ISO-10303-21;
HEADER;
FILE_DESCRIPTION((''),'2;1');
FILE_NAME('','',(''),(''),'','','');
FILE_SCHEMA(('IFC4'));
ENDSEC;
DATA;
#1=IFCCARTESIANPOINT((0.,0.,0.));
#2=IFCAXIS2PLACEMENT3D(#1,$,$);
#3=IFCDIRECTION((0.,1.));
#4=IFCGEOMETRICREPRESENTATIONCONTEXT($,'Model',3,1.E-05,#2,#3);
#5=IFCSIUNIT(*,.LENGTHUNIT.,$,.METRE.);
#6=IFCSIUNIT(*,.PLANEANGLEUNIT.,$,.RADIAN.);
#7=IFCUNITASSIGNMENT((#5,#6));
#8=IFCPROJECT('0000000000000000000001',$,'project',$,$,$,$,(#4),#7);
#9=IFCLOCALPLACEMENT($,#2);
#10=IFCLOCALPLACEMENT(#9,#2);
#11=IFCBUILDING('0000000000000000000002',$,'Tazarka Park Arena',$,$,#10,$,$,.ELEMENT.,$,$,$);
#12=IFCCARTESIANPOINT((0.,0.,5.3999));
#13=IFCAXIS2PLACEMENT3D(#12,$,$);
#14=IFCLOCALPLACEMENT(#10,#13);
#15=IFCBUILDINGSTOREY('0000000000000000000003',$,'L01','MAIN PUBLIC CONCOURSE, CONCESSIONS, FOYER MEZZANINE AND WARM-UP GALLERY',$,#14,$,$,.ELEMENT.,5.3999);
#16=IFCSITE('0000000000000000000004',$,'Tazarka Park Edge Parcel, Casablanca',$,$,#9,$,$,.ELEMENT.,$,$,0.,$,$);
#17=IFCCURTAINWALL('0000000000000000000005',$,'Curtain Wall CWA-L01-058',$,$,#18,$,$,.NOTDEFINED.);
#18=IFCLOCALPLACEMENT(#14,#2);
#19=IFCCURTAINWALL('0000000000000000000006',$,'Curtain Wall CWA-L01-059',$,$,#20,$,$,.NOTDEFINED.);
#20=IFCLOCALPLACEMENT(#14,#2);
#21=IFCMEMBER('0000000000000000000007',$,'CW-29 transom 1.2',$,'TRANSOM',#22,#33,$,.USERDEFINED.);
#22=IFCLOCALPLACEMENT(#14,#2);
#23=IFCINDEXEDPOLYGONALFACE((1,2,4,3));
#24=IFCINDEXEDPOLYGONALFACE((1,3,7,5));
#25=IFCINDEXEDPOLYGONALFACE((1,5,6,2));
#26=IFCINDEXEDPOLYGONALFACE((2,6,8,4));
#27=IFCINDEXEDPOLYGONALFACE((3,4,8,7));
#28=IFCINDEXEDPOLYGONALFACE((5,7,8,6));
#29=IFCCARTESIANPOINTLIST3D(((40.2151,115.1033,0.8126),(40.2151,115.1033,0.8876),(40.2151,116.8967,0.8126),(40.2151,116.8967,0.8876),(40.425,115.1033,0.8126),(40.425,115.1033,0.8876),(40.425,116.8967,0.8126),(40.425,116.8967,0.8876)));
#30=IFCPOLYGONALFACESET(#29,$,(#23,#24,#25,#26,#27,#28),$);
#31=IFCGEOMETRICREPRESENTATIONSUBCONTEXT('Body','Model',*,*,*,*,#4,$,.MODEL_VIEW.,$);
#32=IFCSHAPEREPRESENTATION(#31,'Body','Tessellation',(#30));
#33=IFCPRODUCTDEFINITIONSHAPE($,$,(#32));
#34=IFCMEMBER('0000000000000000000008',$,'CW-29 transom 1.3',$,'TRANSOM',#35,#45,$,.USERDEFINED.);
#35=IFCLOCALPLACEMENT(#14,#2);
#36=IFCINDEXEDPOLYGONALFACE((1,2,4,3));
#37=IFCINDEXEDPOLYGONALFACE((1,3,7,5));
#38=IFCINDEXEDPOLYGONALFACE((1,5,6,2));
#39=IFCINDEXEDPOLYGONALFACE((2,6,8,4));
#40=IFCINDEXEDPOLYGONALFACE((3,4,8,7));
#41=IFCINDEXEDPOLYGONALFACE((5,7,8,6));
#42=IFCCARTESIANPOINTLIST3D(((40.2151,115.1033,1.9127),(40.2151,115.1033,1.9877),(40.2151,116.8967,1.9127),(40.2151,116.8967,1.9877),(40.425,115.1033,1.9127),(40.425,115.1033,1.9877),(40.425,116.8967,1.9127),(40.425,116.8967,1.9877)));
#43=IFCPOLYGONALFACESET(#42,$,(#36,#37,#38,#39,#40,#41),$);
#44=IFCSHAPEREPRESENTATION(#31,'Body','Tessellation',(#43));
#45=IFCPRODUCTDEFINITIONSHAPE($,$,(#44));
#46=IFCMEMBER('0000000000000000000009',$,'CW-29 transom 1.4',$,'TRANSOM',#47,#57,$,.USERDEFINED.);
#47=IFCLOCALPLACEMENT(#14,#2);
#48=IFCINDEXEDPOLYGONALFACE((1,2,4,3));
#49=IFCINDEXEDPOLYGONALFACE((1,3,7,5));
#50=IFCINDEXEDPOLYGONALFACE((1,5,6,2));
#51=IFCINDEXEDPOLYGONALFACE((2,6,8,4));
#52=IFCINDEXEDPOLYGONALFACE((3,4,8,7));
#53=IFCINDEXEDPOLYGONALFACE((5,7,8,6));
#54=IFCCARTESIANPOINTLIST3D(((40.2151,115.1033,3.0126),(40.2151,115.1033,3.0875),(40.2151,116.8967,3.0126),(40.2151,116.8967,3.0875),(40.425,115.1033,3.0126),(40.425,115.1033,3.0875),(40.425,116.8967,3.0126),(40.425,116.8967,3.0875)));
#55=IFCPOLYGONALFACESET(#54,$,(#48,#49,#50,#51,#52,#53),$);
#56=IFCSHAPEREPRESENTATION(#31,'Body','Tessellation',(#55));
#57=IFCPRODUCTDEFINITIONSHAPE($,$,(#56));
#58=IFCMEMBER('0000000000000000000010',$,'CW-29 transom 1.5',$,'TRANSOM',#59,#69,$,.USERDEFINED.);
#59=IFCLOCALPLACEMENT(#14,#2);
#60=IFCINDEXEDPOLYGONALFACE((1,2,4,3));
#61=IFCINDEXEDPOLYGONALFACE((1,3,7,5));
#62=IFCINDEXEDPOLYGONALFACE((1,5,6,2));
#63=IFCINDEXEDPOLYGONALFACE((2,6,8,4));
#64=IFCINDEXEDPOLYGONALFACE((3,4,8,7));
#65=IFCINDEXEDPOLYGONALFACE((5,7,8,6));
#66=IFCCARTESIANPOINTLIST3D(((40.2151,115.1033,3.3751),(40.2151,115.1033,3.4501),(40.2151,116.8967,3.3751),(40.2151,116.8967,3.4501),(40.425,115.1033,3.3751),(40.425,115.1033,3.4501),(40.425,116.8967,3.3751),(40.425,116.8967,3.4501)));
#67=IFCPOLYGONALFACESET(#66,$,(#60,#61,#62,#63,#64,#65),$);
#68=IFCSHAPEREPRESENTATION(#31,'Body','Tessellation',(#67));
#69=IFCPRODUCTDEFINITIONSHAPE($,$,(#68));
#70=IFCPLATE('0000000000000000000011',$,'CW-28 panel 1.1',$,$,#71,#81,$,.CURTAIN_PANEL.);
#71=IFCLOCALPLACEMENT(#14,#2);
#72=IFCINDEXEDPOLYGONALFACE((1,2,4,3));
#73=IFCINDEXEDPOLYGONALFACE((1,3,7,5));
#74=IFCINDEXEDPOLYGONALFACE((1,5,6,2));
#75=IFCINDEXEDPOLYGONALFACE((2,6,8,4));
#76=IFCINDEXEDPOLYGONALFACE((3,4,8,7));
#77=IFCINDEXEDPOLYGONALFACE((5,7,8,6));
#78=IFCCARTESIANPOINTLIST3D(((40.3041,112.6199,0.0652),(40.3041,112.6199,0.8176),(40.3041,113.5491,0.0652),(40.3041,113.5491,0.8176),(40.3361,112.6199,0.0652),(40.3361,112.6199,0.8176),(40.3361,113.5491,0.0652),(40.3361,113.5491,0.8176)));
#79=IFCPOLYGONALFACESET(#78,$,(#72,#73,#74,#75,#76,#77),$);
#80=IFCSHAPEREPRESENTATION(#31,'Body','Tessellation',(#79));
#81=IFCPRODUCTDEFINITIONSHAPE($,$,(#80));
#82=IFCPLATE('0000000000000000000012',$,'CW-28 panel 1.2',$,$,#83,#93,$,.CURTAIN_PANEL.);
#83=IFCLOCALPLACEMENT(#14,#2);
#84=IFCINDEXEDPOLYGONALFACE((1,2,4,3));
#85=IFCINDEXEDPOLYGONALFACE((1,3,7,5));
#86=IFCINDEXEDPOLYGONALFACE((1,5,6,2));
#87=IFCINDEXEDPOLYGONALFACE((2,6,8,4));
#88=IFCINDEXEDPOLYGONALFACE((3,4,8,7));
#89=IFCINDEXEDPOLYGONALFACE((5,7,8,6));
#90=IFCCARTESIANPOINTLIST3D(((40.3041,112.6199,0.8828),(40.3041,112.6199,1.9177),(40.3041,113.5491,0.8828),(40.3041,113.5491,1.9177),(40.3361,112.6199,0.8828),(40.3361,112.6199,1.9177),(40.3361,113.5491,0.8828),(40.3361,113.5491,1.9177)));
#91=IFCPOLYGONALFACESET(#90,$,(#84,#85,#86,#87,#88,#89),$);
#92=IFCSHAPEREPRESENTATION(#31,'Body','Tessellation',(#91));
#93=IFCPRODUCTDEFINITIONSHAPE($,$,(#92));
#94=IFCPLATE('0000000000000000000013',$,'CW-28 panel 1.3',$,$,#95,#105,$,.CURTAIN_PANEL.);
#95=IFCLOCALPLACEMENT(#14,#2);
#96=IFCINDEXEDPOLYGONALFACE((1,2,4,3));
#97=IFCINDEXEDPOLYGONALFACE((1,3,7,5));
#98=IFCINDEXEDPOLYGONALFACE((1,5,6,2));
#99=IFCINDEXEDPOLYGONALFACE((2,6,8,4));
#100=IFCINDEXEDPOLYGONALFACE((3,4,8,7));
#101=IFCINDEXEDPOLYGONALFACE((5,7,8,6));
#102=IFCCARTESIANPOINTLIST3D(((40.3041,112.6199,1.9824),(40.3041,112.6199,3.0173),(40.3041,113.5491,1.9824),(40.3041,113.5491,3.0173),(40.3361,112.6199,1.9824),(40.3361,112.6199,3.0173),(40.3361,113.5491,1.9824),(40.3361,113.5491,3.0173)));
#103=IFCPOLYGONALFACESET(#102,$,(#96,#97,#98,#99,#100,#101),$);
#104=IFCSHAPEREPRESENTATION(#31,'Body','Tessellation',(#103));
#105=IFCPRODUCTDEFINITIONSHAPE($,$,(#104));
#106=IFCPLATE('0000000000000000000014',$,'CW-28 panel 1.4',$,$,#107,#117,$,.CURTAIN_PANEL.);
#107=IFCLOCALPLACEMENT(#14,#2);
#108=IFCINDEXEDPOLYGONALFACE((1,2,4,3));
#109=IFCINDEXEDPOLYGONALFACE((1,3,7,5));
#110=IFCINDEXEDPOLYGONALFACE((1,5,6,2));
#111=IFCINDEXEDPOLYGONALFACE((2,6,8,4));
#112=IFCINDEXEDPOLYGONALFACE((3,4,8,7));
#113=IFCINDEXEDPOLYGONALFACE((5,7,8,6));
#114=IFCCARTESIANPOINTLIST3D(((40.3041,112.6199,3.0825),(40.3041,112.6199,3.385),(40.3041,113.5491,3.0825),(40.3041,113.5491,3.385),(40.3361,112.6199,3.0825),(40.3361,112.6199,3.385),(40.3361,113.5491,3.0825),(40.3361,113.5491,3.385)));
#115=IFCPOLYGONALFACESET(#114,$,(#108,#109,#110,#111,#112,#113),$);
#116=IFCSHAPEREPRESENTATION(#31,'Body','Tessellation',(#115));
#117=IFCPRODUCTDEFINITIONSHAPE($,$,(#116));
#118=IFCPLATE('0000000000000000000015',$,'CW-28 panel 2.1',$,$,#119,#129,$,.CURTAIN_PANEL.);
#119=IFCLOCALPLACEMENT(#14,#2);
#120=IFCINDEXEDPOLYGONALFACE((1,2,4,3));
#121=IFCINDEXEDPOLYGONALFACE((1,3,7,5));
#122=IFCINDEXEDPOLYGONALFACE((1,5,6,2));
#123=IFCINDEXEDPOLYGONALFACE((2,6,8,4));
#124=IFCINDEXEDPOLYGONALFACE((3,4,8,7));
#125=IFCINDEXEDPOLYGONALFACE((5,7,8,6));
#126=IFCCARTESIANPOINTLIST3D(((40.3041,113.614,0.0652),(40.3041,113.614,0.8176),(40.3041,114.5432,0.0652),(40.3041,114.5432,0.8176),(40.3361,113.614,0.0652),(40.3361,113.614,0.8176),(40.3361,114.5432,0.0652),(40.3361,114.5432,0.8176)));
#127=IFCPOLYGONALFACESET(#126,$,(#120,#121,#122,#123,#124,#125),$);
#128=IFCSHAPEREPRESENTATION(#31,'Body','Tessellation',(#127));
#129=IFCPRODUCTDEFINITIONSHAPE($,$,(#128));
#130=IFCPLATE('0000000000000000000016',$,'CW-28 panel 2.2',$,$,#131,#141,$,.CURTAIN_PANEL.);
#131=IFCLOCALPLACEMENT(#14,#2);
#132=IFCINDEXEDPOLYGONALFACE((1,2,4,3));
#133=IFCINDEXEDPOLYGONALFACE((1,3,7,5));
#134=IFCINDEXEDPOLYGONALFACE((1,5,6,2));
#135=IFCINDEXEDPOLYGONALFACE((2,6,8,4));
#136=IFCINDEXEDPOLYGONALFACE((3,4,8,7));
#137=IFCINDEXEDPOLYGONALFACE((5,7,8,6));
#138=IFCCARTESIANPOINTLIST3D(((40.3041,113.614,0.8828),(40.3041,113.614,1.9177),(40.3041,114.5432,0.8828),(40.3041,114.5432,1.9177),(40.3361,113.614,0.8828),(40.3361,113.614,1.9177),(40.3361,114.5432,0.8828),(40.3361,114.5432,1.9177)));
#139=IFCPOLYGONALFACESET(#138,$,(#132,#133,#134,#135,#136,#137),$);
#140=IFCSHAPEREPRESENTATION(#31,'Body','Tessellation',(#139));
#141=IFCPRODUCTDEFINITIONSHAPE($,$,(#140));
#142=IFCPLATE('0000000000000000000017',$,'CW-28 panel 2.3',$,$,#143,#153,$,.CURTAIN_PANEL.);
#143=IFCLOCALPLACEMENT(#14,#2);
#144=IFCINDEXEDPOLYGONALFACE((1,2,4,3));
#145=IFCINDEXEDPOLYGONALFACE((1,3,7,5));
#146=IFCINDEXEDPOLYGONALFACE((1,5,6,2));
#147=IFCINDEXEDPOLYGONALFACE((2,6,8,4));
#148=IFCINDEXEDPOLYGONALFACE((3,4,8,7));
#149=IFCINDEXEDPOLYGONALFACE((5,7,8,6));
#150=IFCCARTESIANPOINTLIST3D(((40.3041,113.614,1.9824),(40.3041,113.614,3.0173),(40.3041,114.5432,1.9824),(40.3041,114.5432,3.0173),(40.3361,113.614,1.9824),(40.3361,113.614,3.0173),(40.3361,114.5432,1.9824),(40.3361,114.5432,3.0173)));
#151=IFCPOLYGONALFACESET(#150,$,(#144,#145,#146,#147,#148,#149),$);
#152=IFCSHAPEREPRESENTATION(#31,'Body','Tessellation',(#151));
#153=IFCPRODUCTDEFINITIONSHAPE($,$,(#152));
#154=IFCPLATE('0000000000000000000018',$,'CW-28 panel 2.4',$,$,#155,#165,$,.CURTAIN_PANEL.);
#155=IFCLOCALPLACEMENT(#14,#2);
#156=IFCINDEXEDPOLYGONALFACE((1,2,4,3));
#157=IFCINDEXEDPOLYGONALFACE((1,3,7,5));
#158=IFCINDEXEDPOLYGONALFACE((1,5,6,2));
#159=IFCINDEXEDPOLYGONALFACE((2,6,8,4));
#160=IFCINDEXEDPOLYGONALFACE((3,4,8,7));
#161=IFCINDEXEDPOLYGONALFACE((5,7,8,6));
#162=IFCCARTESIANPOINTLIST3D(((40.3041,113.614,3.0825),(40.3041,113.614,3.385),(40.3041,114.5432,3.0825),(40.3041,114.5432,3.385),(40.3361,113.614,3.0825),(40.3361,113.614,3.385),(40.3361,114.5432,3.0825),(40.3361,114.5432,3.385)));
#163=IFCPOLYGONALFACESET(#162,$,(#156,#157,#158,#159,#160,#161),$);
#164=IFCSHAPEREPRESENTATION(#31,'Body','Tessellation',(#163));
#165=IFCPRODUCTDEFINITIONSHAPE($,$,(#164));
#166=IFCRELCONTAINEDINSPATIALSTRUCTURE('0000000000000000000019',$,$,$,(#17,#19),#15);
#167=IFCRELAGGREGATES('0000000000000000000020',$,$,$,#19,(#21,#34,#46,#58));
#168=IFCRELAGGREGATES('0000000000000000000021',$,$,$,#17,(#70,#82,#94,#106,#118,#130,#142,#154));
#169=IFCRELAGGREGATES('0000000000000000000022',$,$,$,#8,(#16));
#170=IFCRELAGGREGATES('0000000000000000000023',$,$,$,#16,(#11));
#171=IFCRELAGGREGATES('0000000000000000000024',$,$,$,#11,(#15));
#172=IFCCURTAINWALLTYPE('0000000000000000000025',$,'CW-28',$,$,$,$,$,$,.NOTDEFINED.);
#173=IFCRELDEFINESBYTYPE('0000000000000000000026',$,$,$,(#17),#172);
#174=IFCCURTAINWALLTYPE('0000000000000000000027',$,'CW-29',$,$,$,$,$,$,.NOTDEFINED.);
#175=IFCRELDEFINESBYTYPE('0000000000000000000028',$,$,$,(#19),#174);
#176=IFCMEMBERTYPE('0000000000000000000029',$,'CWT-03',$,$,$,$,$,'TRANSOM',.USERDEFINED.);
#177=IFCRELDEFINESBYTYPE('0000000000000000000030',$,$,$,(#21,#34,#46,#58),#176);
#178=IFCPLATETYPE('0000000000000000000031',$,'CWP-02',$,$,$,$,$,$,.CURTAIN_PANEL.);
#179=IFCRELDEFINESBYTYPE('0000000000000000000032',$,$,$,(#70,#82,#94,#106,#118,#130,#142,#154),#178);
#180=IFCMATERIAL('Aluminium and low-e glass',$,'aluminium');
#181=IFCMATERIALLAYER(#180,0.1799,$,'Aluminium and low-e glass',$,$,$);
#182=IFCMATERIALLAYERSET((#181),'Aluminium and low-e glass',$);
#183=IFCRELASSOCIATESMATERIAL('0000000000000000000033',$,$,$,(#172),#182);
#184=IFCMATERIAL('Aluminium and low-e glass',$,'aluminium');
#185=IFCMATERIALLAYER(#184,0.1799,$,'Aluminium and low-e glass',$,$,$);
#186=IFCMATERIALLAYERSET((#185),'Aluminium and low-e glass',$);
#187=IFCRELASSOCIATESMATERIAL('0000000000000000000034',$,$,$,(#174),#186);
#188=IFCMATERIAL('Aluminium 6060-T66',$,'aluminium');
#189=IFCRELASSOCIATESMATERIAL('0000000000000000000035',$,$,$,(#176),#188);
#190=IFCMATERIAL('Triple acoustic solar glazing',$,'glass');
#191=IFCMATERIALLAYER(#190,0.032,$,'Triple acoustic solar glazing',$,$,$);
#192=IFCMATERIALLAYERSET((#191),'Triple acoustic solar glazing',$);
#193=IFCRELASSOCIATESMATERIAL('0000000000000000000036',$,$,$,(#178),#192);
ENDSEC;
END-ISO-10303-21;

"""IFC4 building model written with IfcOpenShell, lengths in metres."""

from ifc_helpers import new_model, si_unit, direction, frame, origin, origin_2d, place, context, subcontext, project, spatial, rectangle, extrude, material, layer, layer_set, material_profile, profile_set, type_object, element, aggregate, save


model = new_model("IFC4")

# Units and contexts
model_context = context("Model", 3, precision=1e-05, world=origin(), true_north=direction((0.0, 1.0)))
body_context = subcontext(model_context, "Body", "Model", "MODEL_VIEW")
ifc_project = project(units=[si_unit("LENGTHUNIT", "METRE"), si_unit("PLANEANGLEUNIT", "RADIAN")], contexts=[model_context])

# Site, building, storey
site_placement = place(None, origin())
site = spatial("IfcSite", under=ifc_project, at=site_placement, Name="Tazarka Park Edge Parcel, Casablanca", CompositionType="ELEMENT", RefElevation=0.0)
building_placement = place(site_placement, origin())
building = spatial("IfcBuilding", under=site, at=building_placement, Name="Tazarka Park Arena", CompositionType="ELEMENT")
storey_placement = place(building_placement, frame((0.0, 0.0, 5.3999)))
storey = spatial("IfcBuildingStorey", under=building, at=storey_placement, Name="L01", Description="MAIN PUBLIC CONCOURSE, CONCESSIONS, FOYER MEZZANINE AND WARM-UP GALLERY", CompositionType="ELEMENT", Elevation=5.3999)

# Curtain wall
ifc_material_1 = material(Name="Aluminium and low-e glass", Category="aluminium")
ifc_layer_1 = layer(ifc_material_1, 0.1799, Name="Aluminium and low-e glass")
ifc_layer_set_1 = layer_set([ifc_layer_1], Name="Aluminium and low-e glass")
curtain_wall_type_1 = type_object("IfcCurtainWallType", Name="CW-28", PredefinedType="NOTDEFINED", material=ifc_layer_set_1)
curtain_wall_1_placement = place(storey_placement, origin())
curtain_wall_1 = element("IfcCurtainWall", 1, at=curtain_wall_1_placement, inside=storey, type_object=curtain_wall_type_1, Name="Curtain Wall CWA-L01-058", PredefinedType="NOTDEFINED")

# Curtain wall
ifc_material_2 = material(Name="Aluminium and low-e glass", Category="aluminium")
ifc_layer_2 = layer(ifc_material_2, 0.1799, Name="Aluminium and low-e glass")
ifc_layer_set_2 = layer_set([ifc_layer_2], Name="Aluminium and low-e glass")
curtain_wall_type_2 = type_object("IfcCurtainWallType", Name="CW-29", PredefinedType="NOTDEFINED", material=ifc_layer_set_2)
curtain_wall_2_placement = place(storey_placement, origin())
curtain_wall_2 = element("IfcCurtainWall", 2, at=curtain_wall_2_placement, inside=storey, type_object=curtain_wall_type_2, Name="Curtain Wall CWA-L01-059", PredefinedType="NOTDEFINED")

# Members
ifc_material_3 = material(Name="Aluminium 6060-T66", Category="aluminium")
ifc_material_profile_1 = material_profile(ifc_material_3, rectangle(XDim=0.21, YDim=0.075, at=origin_2d()), Name="Aluminium 6060-T66")
ifc_profile_set_1 = profile_set([ifc_material_profile_1], Name="Aluminium 6060-T66")
member_type_1 = type_object("IfcMemberType", Name="CWT-03", ElementType="TRANSOM", PredefinedType="USERDEFINED", material=ifc_profile_set_1)
member_1_placement = place(storey_placement, frame((40.3201, 115.1033, 0.8501), z_axis=(0.0, 1.0, 0.0), x_axis=(-1.0, 0.0, 0.0)))
member_1 = element("IfcMember", 3, at=member_1_placement, type_object=member_type_1, Name="CW-29 transom 1.2", ObjectType="TRANSOM", PredefinedType="USERDEFINED", context=body_context, shape_type="SweptSolid", body=[
    extrude(rectangle(XDim=0.21, YDim=0.075, at=origin_2d()), origin(), (0.0, 0.0, 1.0), 1.7935),
])
member_2_placement = place(storey_placement, frame((40.3201, 115.1033, 1.9502), z_axis=(0.0, 1.0, 0.0), x_axis=(-1.0, 0.0, 0.0)))
member_2 = element("IfcMember", 4, at=member_2_placement, type_object=member_type_1, Name="CW-29 transom 1.3", ObjectType="TRANSOM", PredefinedType="USERDEFINED", context=body_context, shape_type="SweptSolid", body=[
    extrude(rectangle(XDim=0.21, YDim=0.075, at=origin_2d()), origin(), (0.0, 0.0, 1.0), 1.7935),
])
member_3_placement = place(storey_placement, frame((40.3201, 115.1033, 3.05), z_axis=(0.0, 1.0, 0.0), x_axis=(-1.0, 0.0, 0.0)))
member_3 = element("IfcMember", 5, at=member_3_placement, type_object=member_type_1, Name="CW-29 transom 1.4", ObjectType="TRANSOM", PredefinedType="USERDEFINED", context=body_context, shape_type="SweptSolid", body=[
    extrude(rectangle(XDim=0.21, YDim=0.075, at=origin_2d()), origin(), (0.0, 0.0, 1.0), 1.7935),
])
member_4_placement = place(storey_placement, frame((40.3201, 115.1033, 3.4126), z_axis=(0.0, 1.0, 0.0), x_axis=(-1.0, 0.0, 0.0)))
member_4 = element("IfcMember", 6, at=member_4_placement, type_object=member_type_1, Name="CW-29 transom 1.5", ObjectType="TRANSOM", PredefinedType="USERDEFINED", context=body_context, shape_type="SweptSolid", body=[
    extrude(rectangle(XDim=0.21, YDim=0.075, at=origin_2d()), origin(), (0.0, 0.0, 1.0), 1.7935),
])
aggregate(curtain_wall_2, [member_1, member_2, member_3, member_4])

# Plates
ifc_material_4 = material(Name="Triple acoustic solar glazing", Category="glass")
ifc_layer_3 = layer(ifc_material_4, 0.032, Name="Triple acoustic solar glazing")
ifc_layer_set_3 = layer_set([ifc_layer_3], Name="Triple acoustic solar glazing")
plate_type = type_object("IfcPlateType", Name="CWP-02", PredefinedType="CURTAIN_PANEL", material=ifc_layer_set_3)
plate_1_placement = place(storey_placement, frame((40.3201, 113.0845, 0.0652), z_axis=(0.0, 0.0, 1.0), x_axis=(0.0, 1.0, 0.0)))
plate_1 = element("IfcPlate", 7, at=plate_1_placement, type_object=plate_type, Name="CW-28 panel 1.1", PredefinedType="CURTAIN_PANEL", context=body_context, shape_type="SweptSolid", body=[
    extrude(rectangle(XDim=0.9292, YDim=0.032, at=origin_2d()), origin(), (0.0, 0.0, 1.0), 0.7524),
])
plate_2_placement = place(storey_placement, frame((40.3201, 113.0845, 0.8828), z_axis=(0.0, 0.0, 1.0), x_axis=(0.0, 1.0, 0.0)))
plate_2 = element("IfcPlate", 8, at=plate_2_placement, type_object=plate_type, Name="CW-28 panel 1.2", PredefinedType="CURTAIN_PANEL", context=body_context, shape_type="SweptSolid", body=[
    extrude(rectangle(XDim=0.9292, YDim=0.032, at=origin_2d()), origin(), (0.0, 0.0, 1.0), 1.0349),
])
plate_3_placement = place(storey_placement, frame((40.3201, 113.0845, 1.9824), z_axis=(0.0, 0.0, 1.0), x_axis=(0.0, 1.0, 0.0)))
plate_3 = element("IfcPlate", 9, at=plate_3_placement, type_object=plate_type, Name="CW-28 panel 1.3", PredefinedType="CURTAIN_PANEL", context=body_context, shape_type="SweptSolid", body=[
    extrude(rectangle(XDim=0.9292, YDim=0.032, at=origin_2d()), origin(), (0.0, 0.0, 1.0), 1.0349),
])
plate_4_placement = place(storey_placement, frame((40.3201, 113.0845, 3.0825), z_axis=(0.0, 0.0, 1.0), x_axis=(0.0, 1.0, 0.0)))
plate_4 = element("IfcPlate", 10, at=plate_4_placement, type_object=plate_type, Name="CW-28 panel 1.4", PredefinedType="CURTAIN_PANEL", context=body_context, shape_type="SweptSolid", body=[
    extrude(rectangle(XDim=0.9292, YDim=0.032, at=origin_2d()), origin(), (0.0, 0.0, 1.0), 0.3025),
])
plate_5_placement = place(storey_placement, frame((40.3201, 114.0786, 0.0652), z_axis=(0.0, 0.0, 1.0), x_axis=(0.0, 1.0, 0.0)))
plate_5 = element("IfcPlate", 11, at=plate_5_placement, type_object=plate_type, Name="CW-28 panel 2.1", PredefinedType="CURTAIN_PANEL", context=body_context, shape_type="SweptSolid", body=[
    extrude(rectangle(XDim=0.9292, YDim=0.032, at=origin_2d()), origin(), (0.0, 0.0, 1.0), 0.7524),
])
plate_6_placement = place(storey_placement, frame((40.3201, 114.0786, 0.8828), z_axis=(0.0, 0.0, 1.0), x_axis=(0.0, 1.0, 0.0)))
plate_6 = element("IfcPlate", 12, at=plate_6_placement, type_object=plate_type, Name="CW-28 panel 2.2", PredefinedType="CURTAIN_PANEL", context=body_context, shape_type="SweptSolid", body=[
    extrude(rectangle(XDim=0.9292, YDim=0.032, at=origin_2d()), origin(), (0.0, 0.0, 1.0), 1.0349),
])
plate_7_placement = place(storey_placement, frame((40.3201, 114.0786, 1.9824), z_axis=(0.0, 0.0, 1.0), x_axis=(0.0, 1.0, 0.0)))
plate_7 = element("IfcPlate", 13, at=plate_7_placement, type_object=plate_type, Name="CW-28 panel 2.3", PredefinedType="CURTAIN_PANEL", context=body_context, shape_type="SweptSolid", body=[
    extrude(rectangle(XDim=0.9292, YDim=0.032, at=origin_2d()), origin(), (0.0, 0.0, 1.0), 1.0349),
])
plate_8_placement = place(storey_placement, frame((40.3201, 114.0786, 3.0825), z_axis=(0.0, 0.0, 1.0), x_axis=(0.0, 1.0, 0.0)))
plate_8 = element("IfcPlate", 14, at=plate_8_placement, type_object=plate_type, Name="CW-28 panel 2.4", PredefinedType="CURTAIN_PANEL", context=body_context, shape_type="SweptSolid", body=[
    extrude(rectangle(XDim=0.9292, YDim=0.032, at=origin_2d()), origin(), (0.0, 0.0, 1.0), 0.3025),
])
aggregate(curtain_wall_1, [plate_1, plate_2, plate_3, plate_4, plate_5, plate_6, plate_7, plate_8])

save(model, "model.ifc")
